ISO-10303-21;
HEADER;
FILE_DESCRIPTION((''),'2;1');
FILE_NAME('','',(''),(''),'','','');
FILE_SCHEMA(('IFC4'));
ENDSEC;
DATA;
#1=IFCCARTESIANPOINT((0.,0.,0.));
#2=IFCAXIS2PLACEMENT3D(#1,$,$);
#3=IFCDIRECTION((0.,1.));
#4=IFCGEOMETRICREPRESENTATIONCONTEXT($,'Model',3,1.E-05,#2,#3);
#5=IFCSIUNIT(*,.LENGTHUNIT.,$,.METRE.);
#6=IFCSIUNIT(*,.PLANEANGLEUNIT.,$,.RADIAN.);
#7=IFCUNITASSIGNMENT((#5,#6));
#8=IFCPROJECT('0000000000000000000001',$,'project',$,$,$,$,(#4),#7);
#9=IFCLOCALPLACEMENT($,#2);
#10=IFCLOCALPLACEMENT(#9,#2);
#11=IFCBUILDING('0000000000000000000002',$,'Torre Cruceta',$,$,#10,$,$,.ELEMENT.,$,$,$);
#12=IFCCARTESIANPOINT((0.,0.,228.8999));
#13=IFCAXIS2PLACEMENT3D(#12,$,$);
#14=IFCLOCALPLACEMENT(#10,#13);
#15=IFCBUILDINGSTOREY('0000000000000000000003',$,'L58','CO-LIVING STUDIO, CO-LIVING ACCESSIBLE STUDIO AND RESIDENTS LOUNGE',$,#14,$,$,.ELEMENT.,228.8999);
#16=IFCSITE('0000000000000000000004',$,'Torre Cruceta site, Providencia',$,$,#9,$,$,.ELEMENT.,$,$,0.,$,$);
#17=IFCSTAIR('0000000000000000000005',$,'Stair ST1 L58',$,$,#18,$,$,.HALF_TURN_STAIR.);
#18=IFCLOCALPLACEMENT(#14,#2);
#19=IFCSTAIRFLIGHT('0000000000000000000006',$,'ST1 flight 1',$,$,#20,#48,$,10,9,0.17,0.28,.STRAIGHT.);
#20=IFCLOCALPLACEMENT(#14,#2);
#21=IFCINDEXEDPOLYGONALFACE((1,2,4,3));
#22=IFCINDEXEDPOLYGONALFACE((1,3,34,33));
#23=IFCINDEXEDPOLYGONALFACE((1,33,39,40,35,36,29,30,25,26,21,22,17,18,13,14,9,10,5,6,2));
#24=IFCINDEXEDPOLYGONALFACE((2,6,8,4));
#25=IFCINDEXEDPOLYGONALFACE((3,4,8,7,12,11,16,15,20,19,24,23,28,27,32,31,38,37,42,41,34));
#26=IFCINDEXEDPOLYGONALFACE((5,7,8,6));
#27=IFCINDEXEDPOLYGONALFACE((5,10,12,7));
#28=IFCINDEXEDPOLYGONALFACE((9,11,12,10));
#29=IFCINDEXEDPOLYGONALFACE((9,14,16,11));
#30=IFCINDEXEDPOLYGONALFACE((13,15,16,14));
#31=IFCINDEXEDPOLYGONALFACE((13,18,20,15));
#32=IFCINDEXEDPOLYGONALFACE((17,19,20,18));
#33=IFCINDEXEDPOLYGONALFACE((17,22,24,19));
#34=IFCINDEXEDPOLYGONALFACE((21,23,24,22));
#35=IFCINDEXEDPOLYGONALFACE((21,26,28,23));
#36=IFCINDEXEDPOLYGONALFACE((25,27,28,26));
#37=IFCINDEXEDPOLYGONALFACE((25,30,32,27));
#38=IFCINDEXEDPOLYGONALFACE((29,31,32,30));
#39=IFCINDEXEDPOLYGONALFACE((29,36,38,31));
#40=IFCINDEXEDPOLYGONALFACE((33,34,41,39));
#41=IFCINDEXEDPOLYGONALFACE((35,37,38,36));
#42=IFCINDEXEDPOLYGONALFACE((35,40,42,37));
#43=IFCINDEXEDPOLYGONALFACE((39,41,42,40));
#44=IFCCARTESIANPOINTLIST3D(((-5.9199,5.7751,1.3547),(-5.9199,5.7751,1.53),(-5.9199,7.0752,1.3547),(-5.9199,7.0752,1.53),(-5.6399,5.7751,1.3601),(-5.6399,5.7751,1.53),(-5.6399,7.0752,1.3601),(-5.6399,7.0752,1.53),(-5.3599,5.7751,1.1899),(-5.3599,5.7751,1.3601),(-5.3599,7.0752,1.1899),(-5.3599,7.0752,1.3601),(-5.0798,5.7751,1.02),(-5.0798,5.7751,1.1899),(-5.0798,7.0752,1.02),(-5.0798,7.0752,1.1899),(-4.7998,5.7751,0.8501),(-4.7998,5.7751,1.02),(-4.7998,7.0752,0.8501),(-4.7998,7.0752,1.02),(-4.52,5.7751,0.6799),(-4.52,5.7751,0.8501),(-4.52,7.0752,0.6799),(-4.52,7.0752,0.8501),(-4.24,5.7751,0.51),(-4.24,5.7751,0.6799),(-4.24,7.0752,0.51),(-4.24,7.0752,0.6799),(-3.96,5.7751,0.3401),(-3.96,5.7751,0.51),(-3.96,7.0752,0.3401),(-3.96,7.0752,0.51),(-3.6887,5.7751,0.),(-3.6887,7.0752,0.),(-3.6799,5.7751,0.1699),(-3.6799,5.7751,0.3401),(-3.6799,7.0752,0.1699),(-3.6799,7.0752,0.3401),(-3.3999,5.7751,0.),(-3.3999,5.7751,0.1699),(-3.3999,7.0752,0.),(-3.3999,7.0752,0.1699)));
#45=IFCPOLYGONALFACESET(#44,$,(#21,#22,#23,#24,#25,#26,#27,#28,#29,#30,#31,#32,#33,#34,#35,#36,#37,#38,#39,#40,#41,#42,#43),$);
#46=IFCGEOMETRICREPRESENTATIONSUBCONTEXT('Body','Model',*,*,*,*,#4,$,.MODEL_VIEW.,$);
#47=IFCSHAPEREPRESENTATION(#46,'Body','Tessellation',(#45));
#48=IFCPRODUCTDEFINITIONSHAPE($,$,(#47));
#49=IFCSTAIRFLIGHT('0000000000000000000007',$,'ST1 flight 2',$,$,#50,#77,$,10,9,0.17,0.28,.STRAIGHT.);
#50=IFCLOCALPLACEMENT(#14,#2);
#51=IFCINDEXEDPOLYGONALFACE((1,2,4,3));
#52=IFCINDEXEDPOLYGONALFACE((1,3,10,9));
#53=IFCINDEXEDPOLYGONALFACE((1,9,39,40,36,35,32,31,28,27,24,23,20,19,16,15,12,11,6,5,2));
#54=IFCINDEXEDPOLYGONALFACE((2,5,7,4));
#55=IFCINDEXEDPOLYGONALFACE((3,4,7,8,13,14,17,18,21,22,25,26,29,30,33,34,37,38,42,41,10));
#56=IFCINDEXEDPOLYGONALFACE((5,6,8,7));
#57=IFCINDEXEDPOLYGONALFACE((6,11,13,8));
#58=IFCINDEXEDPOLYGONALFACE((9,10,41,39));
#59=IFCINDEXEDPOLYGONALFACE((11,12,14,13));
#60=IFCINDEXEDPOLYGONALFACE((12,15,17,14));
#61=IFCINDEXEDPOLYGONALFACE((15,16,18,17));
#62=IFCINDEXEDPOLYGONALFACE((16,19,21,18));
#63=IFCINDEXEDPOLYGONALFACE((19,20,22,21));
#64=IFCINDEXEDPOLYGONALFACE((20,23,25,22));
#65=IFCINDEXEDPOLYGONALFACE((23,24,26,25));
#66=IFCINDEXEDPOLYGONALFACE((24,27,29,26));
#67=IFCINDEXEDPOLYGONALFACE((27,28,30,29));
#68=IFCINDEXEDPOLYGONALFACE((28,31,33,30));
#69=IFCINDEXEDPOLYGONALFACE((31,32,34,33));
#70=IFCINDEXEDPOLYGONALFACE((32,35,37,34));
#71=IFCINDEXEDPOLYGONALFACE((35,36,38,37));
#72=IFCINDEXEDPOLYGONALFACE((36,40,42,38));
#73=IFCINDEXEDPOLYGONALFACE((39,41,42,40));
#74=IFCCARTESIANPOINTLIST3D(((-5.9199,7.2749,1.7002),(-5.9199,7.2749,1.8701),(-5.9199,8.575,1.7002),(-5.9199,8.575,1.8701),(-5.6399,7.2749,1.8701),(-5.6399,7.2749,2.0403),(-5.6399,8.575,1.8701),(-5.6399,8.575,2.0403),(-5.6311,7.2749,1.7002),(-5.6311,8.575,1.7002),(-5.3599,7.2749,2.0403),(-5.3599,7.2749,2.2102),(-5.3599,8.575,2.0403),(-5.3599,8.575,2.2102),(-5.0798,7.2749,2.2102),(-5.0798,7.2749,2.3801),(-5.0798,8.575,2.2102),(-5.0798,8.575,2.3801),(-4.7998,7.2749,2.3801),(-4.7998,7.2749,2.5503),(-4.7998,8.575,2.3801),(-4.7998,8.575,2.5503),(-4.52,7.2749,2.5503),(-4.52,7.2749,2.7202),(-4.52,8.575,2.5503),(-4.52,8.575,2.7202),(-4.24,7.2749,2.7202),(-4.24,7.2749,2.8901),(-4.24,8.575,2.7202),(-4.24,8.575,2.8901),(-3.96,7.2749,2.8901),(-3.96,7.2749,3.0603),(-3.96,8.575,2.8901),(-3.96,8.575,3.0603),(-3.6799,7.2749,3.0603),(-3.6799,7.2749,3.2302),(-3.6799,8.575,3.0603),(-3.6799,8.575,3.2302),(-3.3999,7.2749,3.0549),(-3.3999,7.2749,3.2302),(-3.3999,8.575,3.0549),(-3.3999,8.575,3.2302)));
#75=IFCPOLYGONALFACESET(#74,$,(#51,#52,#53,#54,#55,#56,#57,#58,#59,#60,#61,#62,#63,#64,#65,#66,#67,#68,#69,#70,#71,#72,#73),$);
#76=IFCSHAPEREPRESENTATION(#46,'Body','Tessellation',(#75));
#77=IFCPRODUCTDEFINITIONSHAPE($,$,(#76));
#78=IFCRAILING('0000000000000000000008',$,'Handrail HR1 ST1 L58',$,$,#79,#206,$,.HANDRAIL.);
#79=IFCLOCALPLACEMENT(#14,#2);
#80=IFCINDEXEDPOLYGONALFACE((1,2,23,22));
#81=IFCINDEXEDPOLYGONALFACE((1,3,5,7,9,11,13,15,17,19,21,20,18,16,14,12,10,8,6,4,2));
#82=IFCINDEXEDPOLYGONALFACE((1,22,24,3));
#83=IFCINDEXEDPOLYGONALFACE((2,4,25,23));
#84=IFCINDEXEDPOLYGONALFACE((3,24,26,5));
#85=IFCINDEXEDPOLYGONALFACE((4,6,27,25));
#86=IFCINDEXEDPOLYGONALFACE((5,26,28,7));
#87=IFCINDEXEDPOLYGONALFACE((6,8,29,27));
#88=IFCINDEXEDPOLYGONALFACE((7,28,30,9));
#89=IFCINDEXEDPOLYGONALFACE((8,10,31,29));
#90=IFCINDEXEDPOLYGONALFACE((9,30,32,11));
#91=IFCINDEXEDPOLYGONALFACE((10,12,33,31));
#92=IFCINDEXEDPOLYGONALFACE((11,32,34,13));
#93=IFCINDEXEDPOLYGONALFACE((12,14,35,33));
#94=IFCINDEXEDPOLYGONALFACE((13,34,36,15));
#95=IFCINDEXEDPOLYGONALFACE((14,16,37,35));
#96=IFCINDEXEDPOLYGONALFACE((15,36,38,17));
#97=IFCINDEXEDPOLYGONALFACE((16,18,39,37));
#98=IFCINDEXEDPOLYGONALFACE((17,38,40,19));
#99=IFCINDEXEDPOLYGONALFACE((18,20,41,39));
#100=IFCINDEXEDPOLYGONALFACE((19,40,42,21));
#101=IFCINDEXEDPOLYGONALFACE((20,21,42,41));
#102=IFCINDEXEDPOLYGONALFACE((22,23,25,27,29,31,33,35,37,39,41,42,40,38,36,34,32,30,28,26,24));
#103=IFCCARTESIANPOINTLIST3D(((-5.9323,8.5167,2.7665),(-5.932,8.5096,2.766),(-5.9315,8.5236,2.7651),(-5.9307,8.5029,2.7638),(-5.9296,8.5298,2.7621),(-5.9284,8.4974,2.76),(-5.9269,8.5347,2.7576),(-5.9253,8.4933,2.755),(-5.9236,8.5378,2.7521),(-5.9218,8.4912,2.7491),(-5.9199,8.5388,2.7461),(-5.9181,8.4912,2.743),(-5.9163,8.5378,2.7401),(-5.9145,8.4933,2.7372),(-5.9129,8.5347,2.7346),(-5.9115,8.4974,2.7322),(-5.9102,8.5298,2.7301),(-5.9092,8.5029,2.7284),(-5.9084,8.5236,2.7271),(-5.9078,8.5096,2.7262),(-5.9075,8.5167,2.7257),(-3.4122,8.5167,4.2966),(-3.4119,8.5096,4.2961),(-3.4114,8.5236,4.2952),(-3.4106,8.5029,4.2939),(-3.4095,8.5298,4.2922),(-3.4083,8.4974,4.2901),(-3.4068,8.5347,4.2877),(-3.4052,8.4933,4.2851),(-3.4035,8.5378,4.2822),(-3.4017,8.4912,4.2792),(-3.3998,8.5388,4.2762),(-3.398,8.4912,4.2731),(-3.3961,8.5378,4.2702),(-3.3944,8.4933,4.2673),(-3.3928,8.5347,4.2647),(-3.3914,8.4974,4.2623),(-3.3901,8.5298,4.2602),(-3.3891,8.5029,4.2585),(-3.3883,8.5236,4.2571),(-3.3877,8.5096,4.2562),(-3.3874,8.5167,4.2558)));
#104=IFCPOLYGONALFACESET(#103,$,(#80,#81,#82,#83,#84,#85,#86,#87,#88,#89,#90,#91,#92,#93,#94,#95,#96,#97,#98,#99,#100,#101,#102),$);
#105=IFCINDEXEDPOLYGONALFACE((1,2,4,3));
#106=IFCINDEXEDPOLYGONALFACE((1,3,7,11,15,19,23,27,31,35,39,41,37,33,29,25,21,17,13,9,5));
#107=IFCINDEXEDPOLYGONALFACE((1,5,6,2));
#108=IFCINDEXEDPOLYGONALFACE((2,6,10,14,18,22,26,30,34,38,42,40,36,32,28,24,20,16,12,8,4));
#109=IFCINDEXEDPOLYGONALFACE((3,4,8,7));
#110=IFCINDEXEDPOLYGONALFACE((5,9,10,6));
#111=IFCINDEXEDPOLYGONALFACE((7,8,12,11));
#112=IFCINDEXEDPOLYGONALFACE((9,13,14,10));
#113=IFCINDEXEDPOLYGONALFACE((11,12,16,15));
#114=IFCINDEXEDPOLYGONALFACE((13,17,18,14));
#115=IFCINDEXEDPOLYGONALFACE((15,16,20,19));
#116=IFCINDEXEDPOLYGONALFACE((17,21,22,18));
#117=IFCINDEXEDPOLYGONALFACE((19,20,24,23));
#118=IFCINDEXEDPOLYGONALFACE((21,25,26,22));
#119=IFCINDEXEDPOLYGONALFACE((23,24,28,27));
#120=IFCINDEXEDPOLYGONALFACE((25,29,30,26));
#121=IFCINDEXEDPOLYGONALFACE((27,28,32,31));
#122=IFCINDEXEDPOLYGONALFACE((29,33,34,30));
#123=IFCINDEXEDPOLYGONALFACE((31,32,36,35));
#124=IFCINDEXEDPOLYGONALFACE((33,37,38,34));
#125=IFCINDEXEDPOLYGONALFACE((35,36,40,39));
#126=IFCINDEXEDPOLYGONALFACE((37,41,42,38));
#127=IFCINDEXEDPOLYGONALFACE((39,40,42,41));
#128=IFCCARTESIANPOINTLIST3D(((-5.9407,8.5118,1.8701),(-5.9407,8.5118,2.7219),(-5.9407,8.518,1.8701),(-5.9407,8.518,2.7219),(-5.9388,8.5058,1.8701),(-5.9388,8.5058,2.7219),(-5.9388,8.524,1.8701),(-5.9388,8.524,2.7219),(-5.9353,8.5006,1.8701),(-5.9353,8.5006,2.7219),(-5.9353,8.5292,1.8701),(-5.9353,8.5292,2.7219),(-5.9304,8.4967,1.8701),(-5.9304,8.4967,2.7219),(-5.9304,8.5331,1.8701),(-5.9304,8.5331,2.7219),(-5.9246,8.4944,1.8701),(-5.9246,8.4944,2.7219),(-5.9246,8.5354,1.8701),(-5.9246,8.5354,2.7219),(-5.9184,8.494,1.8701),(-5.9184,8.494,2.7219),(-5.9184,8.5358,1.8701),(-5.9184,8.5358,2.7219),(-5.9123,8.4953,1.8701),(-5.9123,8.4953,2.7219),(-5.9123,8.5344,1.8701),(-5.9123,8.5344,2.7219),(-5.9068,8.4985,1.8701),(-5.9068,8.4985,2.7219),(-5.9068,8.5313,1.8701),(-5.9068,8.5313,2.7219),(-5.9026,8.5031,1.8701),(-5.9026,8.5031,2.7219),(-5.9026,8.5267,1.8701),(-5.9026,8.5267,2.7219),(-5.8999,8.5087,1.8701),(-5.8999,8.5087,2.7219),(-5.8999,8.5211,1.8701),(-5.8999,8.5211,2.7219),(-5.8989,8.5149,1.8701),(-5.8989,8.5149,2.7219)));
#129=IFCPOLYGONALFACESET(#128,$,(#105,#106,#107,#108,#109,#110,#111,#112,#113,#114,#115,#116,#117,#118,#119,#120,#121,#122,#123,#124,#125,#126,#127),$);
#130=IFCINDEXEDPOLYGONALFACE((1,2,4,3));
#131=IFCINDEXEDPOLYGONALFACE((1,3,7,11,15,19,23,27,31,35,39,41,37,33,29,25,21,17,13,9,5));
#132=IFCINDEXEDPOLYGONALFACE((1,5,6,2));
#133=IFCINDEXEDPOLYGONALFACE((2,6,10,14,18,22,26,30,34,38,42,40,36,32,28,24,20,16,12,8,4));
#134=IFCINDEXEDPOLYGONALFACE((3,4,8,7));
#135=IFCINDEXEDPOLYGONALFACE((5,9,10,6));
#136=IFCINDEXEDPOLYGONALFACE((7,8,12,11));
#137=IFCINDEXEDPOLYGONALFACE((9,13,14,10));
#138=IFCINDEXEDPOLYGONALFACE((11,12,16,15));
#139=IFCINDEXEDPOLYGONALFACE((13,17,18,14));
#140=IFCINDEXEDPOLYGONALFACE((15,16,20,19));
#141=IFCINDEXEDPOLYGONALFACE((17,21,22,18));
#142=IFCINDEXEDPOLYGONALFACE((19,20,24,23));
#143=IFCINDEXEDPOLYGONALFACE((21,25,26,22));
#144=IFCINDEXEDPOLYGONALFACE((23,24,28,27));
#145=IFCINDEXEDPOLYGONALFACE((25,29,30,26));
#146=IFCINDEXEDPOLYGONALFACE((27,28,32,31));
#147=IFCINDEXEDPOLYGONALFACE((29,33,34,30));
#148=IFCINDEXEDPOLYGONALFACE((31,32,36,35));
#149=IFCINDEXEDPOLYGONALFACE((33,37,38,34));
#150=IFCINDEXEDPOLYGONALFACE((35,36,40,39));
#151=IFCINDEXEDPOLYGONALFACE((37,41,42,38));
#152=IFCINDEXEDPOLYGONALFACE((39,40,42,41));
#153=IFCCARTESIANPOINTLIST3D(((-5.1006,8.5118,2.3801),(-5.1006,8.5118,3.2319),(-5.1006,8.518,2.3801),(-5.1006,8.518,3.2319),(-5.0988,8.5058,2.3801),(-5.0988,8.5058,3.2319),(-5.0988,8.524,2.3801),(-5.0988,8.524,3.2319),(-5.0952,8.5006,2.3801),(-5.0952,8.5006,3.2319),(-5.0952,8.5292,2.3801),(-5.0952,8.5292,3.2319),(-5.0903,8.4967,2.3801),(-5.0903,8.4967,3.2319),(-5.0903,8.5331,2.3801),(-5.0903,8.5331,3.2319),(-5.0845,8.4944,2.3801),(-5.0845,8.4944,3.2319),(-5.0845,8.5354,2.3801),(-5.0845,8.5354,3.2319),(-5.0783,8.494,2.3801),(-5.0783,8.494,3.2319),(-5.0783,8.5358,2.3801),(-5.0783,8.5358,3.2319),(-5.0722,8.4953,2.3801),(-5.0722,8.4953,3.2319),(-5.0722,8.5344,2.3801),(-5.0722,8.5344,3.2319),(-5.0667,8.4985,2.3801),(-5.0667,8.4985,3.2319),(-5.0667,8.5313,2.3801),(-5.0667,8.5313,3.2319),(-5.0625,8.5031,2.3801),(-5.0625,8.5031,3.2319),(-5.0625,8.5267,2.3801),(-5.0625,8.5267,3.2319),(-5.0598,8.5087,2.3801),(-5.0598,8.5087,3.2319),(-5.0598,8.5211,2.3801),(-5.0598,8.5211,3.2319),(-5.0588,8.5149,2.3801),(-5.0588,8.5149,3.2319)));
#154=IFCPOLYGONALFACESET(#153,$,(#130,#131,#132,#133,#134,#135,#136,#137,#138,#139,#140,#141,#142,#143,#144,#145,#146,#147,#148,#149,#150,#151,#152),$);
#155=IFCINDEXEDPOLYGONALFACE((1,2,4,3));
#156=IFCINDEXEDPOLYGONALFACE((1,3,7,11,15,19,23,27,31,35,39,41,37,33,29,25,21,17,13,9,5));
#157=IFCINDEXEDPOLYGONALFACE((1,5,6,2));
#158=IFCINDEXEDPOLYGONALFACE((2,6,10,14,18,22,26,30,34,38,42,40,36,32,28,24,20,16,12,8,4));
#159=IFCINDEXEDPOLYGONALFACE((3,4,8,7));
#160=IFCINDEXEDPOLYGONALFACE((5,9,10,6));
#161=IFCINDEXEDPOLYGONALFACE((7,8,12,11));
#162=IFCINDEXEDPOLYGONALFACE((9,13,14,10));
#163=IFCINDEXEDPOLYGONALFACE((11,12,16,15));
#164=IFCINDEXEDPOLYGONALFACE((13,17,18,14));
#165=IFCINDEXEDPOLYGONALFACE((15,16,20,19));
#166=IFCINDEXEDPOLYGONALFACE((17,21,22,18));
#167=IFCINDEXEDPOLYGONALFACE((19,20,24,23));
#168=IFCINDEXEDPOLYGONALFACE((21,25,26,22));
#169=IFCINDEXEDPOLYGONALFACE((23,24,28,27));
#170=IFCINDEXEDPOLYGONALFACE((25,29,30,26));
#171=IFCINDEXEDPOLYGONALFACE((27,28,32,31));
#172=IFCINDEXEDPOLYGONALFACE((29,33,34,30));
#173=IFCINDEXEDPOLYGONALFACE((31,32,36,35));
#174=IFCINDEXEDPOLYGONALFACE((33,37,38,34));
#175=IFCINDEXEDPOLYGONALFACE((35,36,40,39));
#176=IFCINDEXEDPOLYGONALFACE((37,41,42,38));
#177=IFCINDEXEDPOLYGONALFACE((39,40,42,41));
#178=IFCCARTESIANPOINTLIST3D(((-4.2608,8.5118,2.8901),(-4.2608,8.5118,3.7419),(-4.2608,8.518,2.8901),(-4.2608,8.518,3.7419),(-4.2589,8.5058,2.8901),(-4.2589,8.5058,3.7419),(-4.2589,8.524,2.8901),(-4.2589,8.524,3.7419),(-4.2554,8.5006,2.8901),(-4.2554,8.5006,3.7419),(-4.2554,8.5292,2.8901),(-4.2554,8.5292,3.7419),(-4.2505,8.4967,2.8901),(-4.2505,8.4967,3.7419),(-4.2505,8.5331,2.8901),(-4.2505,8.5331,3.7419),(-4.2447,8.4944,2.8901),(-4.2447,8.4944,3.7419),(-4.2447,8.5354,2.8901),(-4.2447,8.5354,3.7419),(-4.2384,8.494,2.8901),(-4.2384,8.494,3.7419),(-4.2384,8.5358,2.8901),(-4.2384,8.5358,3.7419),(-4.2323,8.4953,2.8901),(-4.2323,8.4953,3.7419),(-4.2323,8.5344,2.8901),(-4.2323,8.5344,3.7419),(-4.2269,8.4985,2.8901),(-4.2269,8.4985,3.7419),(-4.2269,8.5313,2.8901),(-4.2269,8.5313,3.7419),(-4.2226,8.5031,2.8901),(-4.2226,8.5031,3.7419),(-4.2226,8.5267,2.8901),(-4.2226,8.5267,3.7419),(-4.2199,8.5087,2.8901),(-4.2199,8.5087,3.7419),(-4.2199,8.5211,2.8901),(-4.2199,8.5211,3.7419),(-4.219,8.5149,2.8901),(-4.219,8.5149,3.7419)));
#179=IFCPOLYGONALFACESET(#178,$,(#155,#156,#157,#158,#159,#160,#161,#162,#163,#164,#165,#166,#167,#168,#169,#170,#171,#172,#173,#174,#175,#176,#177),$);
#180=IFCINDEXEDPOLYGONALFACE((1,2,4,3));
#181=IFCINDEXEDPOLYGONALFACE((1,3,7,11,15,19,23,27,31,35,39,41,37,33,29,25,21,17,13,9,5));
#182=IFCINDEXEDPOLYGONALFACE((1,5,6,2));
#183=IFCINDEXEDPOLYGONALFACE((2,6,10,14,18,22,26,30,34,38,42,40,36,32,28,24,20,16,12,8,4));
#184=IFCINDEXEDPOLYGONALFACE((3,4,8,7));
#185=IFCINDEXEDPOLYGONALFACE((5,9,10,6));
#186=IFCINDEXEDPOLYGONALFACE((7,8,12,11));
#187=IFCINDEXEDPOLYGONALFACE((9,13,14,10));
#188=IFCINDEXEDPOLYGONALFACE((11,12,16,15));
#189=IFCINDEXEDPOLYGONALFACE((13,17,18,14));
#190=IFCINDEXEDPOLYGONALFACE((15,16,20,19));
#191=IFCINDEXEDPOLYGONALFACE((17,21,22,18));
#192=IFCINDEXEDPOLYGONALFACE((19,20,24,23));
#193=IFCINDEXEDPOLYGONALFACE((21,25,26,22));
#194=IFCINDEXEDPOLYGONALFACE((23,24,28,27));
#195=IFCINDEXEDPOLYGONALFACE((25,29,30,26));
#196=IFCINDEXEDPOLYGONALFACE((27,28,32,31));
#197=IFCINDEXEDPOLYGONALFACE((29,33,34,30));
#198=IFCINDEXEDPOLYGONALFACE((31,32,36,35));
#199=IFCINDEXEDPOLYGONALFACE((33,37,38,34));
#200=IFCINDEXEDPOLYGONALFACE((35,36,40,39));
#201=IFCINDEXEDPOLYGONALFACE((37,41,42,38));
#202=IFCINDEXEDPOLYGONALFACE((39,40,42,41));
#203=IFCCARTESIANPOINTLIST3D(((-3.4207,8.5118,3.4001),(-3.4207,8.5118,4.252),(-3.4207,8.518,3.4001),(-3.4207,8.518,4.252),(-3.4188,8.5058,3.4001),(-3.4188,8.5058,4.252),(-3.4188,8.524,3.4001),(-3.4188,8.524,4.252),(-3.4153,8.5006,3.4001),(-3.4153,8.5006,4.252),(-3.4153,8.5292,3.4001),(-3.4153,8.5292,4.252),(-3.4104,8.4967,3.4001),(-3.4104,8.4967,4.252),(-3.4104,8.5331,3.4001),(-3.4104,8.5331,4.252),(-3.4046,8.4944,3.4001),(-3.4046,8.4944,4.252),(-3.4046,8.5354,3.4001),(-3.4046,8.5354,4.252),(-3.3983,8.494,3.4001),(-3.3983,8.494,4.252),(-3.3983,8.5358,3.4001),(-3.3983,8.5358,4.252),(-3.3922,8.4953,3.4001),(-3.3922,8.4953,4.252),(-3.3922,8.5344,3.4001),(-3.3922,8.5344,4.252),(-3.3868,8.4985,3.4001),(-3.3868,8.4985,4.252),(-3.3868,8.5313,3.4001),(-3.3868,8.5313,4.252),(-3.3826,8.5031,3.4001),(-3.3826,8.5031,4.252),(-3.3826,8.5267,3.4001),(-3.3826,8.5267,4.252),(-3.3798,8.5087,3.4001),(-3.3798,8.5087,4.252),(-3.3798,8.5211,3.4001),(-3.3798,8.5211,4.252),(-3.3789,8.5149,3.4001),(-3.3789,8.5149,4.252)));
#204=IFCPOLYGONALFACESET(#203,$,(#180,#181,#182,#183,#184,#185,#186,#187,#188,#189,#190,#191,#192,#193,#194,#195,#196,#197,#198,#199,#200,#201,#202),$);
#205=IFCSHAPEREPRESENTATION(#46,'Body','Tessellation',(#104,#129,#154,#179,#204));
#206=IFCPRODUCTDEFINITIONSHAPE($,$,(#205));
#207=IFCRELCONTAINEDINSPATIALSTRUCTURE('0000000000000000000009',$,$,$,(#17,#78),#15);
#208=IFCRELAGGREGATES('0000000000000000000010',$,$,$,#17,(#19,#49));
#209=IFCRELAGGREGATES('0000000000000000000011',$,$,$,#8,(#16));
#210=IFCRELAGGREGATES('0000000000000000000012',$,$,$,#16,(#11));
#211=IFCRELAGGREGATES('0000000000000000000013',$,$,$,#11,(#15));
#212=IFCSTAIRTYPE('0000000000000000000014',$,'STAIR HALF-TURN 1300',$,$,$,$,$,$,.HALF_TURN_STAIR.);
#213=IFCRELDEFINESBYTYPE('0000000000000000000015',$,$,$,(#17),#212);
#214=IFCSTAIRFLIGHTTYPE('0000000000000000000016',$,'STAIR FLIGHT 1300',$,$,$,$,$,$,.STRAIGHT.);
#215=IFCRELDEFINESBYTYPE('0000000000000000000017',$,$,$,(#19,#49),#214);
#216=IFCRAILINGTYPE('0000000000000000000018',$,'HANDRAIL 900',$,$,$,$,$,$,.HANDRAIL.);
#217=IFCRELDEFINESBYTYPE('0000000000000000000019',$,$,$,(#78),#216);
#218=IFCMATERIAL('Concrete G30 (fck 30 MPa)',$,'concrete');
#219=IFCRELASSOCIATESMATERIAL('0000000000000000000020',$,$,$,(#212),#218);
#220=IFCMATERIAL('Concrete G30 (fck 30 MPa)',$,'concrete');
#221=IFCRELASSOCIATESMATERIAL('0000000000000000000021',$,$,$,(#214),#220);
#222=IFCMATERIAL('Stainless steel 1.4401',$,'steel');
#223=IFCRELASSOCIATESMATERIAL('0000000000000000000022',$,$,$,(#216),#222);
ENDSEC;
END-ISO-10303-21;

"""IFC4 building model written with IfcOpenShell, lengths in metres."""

from ifc_helpers import new_model, si_unit, direction, frame, origin, origin_2d, place, context, subcontext, project, spatial, polyline, circle, outline, extrude, material, type_object, element, aggregate, save


model = new_model("IFC4")

# Units and contexts
model_context = context("Model", 3, precision=1e-05, world=origin(), true_north=direction((0.0, 1.0)))
body_context = subcontext(model_context, "Body", "Model", "MODEL_VIEW")
ifc_project = project(units=[si_unit("LENGTHUNIT", "METRE"), si_unit("PLANEANGLEUNIT", "RADIAN")], contexts=[model_context])

# Site, building, storey
site_placement = place(None, origin())
site = spatial("IfcSite", under=ifc_project, at=site_placement, Name="Torre Cruceta site, Providencia", CompositionType="ELEMENT", RefElevation=0.0)
building_placement = place(site_placement, origin())
building = spatial("IfcBuilding", under=site, at=building_placement, Name="Torre Cruceta", CompositionType="ELEMENT")
storey_placement = place(building_placement, frame((0.0, 0.0, 228.8999)))
storey = spatial("IfcBuildingStorey", under=building, at=storey_placement, Name="L58", Description="CO-LIVING STUDIO, CO-LIVING ACCESSIBLE STUDIO AND RESIDENTS LOUNGE", CompositionType="ELEMENT", Elevation=228.8999)

# Stair, stair flights
ifc_material_1 = material(Name="Concrete G30 (fck 30 MPa)", Category="concrete")
stair_type = type_object("IfcStairType", Name="STAIR HALF-TURN 1300", PredefinedType="HALF_TURN_STAIR", material=ifc_material_1)
stair_placement = place(storey_placement, origin())
stair = element("IfcStair", 1, at=stair_placement, inside=storey, type_object=stair_type, Name="Stair ST1 L58", PredefinedType="HALF_TURN_STAIR")
ifc_material_2 = material(Name="Concrete G30 (fck 30 MPa)", Category="concrete")
stair_flight_type = type_object("IfcStairFlightType", Name="STAIR FLIGHT 1300", PredefinedType="STRAIGHT", material=ifc_material_2)
stair_flight_1_placement = place(storey_placement, frame((-3.3999, 6.425, 0.0), z_axis=(0.0, 0.0, 1.0), x_axis=(-1.0, 0.0, 0.0)))
stair_flight_1 = element("IfcStairFlight", 2, at=stair_flight_1_placement, type_object=stair_flight_type, Name="ST1 flight 1", NumberOfRisers=10, NumberOfTreads=9, PredefinedType="STRAIGHT", RiserHeight=0.17, TreadLength=0.28, context=body_context, shape_type="SweptSolid", body=[
    extrude(outline(polyline([(0.0, 0.0), (0.0, 0.1699), (0.28, 0.1699), (0.28, 0.3401), (0.5601, 0.3401), (0.5601, 0.51), (0.8401, 0.51), (0.8401, 0.6799), (1.1201, 0.6799), (1.1201, 0.8501), (1.3999, 0.8501), (1.3999, 1.02), (1.6799, 1.02), (1.6799, 1.1899), (1.96, 1.1899), (1.96, 1.3601), (2.24, 1.3601), (2.24, 1.53), (2.52, 1.53), (2.52, 1.7), (2.52, 1.3547), (0.2888, 0.0), (0.0, 0.0)])), frame((0.0, 0.6499, 0.0), z_axis=(0.0, -1.0, 0.0), x_axis=(1.0, 0.0, 0.0)), (0.0, 0.0, 1.0), 1.3),
])
stair_flight_2_placement = place(storey_placement, frame((-5.9199, 7.925, 1.7002), z_axis=(0.0, 0.0, 1.0), x_axis=(1.0, 0.0, 0.0)))
stair_flight_2 = element("IfcStairFlight", 3, at=stair_flight_2_placement, type_object=stair_flight_type, Name="ST1 flight 2", NumberOfRisers=10, NumberOfTreads=9, PredefinedType="STRAIGHT", RiserHeight=0.17, TreadLength=0.28, context=body_context, shape_type="SweptSolid", body=[
    extrude(outline(polyline([(0.0, 0.0), (0.0, 0.1699), (0.28, 0.1699), (0.28, 0.3401), (0.5601, 0.3401), (0.5601, 0.51), (0.8401, 0.51), (0.8401, 0.6799), (1.1201, 0.6799), (1.1201, 0.8501), (1.3999, 0.8501), (1.3999, 1.02), (1.6799, 1.02), (1.6799, 1.1899), (1.96, 1.1899), (1.96, 1.3601), (2.24, 1.3601), (2.24, 1.53), (2.52, 1.53), (2.52, 1.7), (2.52, 1.3547), (0.2888, 0.0), (0.0, 0.0)])), frame((0.0, 0.6499, 0.0), z_axis=(0.0, -1.0, 0.0), x_axis=(1.0, 0.0, 0.0)), (0.0, 0.0, 1.0), 1.3),
])
aggregate(stair, [stair_flight_1, stair_flight_2])

# Railing
ifc_material_3 = material(Name="Stainless steel 1.4401", Category="steel")
railing_type = type_object("IfcRailingType", Name="HANDRAIL 900", PredefinedType="HANDRAIL", material=ifc_material_3)
railing_1_placement = place(storey_placement, frame((-5.9199, 8.5149, 1.8701)))
element("IfcRailing", 4, at=railing_1_placement, inside=storey, type_object=railing_type, Name="Handrail HR1 ST1 L58", PredefinedType="HANDRAIL", context=body_context, shape_type="SweptSolid", body=[
    extrude(circle(Radius=0.0239, at=origin_2d()), frame((0.0, 0.0, 0.876), z_axis=(0.854785, 0.0, 0.518982), x_axis=(0.0, 1.0, 0.0)), (0.0, 0.0, 1.0), 2.9482),
    extrude(circle(Radius=0.021, at=origin_2d()), origin(), (0.0, 0.0, 1.0), 0.8518),
    extrude(circle(Radius=0.021, at=origin_2d()), frame((0.8401, 0.0, 0.51)), (0.0, 0.0, 1.0), 0.8518),
    extrude(circle(Radius=0.021, at=origin_2d()), frame((1.6799, 0.0, 1.02)), (0.0, 0.0, 1.0), 0.8518),
    extrude(circle(Radius=0.021, at=origin_2d()), frame((2.52, 0.0, 1.53)), (0.0, 0.0, 1.0), 0.8518),
])

save(model, "model.ifc")
